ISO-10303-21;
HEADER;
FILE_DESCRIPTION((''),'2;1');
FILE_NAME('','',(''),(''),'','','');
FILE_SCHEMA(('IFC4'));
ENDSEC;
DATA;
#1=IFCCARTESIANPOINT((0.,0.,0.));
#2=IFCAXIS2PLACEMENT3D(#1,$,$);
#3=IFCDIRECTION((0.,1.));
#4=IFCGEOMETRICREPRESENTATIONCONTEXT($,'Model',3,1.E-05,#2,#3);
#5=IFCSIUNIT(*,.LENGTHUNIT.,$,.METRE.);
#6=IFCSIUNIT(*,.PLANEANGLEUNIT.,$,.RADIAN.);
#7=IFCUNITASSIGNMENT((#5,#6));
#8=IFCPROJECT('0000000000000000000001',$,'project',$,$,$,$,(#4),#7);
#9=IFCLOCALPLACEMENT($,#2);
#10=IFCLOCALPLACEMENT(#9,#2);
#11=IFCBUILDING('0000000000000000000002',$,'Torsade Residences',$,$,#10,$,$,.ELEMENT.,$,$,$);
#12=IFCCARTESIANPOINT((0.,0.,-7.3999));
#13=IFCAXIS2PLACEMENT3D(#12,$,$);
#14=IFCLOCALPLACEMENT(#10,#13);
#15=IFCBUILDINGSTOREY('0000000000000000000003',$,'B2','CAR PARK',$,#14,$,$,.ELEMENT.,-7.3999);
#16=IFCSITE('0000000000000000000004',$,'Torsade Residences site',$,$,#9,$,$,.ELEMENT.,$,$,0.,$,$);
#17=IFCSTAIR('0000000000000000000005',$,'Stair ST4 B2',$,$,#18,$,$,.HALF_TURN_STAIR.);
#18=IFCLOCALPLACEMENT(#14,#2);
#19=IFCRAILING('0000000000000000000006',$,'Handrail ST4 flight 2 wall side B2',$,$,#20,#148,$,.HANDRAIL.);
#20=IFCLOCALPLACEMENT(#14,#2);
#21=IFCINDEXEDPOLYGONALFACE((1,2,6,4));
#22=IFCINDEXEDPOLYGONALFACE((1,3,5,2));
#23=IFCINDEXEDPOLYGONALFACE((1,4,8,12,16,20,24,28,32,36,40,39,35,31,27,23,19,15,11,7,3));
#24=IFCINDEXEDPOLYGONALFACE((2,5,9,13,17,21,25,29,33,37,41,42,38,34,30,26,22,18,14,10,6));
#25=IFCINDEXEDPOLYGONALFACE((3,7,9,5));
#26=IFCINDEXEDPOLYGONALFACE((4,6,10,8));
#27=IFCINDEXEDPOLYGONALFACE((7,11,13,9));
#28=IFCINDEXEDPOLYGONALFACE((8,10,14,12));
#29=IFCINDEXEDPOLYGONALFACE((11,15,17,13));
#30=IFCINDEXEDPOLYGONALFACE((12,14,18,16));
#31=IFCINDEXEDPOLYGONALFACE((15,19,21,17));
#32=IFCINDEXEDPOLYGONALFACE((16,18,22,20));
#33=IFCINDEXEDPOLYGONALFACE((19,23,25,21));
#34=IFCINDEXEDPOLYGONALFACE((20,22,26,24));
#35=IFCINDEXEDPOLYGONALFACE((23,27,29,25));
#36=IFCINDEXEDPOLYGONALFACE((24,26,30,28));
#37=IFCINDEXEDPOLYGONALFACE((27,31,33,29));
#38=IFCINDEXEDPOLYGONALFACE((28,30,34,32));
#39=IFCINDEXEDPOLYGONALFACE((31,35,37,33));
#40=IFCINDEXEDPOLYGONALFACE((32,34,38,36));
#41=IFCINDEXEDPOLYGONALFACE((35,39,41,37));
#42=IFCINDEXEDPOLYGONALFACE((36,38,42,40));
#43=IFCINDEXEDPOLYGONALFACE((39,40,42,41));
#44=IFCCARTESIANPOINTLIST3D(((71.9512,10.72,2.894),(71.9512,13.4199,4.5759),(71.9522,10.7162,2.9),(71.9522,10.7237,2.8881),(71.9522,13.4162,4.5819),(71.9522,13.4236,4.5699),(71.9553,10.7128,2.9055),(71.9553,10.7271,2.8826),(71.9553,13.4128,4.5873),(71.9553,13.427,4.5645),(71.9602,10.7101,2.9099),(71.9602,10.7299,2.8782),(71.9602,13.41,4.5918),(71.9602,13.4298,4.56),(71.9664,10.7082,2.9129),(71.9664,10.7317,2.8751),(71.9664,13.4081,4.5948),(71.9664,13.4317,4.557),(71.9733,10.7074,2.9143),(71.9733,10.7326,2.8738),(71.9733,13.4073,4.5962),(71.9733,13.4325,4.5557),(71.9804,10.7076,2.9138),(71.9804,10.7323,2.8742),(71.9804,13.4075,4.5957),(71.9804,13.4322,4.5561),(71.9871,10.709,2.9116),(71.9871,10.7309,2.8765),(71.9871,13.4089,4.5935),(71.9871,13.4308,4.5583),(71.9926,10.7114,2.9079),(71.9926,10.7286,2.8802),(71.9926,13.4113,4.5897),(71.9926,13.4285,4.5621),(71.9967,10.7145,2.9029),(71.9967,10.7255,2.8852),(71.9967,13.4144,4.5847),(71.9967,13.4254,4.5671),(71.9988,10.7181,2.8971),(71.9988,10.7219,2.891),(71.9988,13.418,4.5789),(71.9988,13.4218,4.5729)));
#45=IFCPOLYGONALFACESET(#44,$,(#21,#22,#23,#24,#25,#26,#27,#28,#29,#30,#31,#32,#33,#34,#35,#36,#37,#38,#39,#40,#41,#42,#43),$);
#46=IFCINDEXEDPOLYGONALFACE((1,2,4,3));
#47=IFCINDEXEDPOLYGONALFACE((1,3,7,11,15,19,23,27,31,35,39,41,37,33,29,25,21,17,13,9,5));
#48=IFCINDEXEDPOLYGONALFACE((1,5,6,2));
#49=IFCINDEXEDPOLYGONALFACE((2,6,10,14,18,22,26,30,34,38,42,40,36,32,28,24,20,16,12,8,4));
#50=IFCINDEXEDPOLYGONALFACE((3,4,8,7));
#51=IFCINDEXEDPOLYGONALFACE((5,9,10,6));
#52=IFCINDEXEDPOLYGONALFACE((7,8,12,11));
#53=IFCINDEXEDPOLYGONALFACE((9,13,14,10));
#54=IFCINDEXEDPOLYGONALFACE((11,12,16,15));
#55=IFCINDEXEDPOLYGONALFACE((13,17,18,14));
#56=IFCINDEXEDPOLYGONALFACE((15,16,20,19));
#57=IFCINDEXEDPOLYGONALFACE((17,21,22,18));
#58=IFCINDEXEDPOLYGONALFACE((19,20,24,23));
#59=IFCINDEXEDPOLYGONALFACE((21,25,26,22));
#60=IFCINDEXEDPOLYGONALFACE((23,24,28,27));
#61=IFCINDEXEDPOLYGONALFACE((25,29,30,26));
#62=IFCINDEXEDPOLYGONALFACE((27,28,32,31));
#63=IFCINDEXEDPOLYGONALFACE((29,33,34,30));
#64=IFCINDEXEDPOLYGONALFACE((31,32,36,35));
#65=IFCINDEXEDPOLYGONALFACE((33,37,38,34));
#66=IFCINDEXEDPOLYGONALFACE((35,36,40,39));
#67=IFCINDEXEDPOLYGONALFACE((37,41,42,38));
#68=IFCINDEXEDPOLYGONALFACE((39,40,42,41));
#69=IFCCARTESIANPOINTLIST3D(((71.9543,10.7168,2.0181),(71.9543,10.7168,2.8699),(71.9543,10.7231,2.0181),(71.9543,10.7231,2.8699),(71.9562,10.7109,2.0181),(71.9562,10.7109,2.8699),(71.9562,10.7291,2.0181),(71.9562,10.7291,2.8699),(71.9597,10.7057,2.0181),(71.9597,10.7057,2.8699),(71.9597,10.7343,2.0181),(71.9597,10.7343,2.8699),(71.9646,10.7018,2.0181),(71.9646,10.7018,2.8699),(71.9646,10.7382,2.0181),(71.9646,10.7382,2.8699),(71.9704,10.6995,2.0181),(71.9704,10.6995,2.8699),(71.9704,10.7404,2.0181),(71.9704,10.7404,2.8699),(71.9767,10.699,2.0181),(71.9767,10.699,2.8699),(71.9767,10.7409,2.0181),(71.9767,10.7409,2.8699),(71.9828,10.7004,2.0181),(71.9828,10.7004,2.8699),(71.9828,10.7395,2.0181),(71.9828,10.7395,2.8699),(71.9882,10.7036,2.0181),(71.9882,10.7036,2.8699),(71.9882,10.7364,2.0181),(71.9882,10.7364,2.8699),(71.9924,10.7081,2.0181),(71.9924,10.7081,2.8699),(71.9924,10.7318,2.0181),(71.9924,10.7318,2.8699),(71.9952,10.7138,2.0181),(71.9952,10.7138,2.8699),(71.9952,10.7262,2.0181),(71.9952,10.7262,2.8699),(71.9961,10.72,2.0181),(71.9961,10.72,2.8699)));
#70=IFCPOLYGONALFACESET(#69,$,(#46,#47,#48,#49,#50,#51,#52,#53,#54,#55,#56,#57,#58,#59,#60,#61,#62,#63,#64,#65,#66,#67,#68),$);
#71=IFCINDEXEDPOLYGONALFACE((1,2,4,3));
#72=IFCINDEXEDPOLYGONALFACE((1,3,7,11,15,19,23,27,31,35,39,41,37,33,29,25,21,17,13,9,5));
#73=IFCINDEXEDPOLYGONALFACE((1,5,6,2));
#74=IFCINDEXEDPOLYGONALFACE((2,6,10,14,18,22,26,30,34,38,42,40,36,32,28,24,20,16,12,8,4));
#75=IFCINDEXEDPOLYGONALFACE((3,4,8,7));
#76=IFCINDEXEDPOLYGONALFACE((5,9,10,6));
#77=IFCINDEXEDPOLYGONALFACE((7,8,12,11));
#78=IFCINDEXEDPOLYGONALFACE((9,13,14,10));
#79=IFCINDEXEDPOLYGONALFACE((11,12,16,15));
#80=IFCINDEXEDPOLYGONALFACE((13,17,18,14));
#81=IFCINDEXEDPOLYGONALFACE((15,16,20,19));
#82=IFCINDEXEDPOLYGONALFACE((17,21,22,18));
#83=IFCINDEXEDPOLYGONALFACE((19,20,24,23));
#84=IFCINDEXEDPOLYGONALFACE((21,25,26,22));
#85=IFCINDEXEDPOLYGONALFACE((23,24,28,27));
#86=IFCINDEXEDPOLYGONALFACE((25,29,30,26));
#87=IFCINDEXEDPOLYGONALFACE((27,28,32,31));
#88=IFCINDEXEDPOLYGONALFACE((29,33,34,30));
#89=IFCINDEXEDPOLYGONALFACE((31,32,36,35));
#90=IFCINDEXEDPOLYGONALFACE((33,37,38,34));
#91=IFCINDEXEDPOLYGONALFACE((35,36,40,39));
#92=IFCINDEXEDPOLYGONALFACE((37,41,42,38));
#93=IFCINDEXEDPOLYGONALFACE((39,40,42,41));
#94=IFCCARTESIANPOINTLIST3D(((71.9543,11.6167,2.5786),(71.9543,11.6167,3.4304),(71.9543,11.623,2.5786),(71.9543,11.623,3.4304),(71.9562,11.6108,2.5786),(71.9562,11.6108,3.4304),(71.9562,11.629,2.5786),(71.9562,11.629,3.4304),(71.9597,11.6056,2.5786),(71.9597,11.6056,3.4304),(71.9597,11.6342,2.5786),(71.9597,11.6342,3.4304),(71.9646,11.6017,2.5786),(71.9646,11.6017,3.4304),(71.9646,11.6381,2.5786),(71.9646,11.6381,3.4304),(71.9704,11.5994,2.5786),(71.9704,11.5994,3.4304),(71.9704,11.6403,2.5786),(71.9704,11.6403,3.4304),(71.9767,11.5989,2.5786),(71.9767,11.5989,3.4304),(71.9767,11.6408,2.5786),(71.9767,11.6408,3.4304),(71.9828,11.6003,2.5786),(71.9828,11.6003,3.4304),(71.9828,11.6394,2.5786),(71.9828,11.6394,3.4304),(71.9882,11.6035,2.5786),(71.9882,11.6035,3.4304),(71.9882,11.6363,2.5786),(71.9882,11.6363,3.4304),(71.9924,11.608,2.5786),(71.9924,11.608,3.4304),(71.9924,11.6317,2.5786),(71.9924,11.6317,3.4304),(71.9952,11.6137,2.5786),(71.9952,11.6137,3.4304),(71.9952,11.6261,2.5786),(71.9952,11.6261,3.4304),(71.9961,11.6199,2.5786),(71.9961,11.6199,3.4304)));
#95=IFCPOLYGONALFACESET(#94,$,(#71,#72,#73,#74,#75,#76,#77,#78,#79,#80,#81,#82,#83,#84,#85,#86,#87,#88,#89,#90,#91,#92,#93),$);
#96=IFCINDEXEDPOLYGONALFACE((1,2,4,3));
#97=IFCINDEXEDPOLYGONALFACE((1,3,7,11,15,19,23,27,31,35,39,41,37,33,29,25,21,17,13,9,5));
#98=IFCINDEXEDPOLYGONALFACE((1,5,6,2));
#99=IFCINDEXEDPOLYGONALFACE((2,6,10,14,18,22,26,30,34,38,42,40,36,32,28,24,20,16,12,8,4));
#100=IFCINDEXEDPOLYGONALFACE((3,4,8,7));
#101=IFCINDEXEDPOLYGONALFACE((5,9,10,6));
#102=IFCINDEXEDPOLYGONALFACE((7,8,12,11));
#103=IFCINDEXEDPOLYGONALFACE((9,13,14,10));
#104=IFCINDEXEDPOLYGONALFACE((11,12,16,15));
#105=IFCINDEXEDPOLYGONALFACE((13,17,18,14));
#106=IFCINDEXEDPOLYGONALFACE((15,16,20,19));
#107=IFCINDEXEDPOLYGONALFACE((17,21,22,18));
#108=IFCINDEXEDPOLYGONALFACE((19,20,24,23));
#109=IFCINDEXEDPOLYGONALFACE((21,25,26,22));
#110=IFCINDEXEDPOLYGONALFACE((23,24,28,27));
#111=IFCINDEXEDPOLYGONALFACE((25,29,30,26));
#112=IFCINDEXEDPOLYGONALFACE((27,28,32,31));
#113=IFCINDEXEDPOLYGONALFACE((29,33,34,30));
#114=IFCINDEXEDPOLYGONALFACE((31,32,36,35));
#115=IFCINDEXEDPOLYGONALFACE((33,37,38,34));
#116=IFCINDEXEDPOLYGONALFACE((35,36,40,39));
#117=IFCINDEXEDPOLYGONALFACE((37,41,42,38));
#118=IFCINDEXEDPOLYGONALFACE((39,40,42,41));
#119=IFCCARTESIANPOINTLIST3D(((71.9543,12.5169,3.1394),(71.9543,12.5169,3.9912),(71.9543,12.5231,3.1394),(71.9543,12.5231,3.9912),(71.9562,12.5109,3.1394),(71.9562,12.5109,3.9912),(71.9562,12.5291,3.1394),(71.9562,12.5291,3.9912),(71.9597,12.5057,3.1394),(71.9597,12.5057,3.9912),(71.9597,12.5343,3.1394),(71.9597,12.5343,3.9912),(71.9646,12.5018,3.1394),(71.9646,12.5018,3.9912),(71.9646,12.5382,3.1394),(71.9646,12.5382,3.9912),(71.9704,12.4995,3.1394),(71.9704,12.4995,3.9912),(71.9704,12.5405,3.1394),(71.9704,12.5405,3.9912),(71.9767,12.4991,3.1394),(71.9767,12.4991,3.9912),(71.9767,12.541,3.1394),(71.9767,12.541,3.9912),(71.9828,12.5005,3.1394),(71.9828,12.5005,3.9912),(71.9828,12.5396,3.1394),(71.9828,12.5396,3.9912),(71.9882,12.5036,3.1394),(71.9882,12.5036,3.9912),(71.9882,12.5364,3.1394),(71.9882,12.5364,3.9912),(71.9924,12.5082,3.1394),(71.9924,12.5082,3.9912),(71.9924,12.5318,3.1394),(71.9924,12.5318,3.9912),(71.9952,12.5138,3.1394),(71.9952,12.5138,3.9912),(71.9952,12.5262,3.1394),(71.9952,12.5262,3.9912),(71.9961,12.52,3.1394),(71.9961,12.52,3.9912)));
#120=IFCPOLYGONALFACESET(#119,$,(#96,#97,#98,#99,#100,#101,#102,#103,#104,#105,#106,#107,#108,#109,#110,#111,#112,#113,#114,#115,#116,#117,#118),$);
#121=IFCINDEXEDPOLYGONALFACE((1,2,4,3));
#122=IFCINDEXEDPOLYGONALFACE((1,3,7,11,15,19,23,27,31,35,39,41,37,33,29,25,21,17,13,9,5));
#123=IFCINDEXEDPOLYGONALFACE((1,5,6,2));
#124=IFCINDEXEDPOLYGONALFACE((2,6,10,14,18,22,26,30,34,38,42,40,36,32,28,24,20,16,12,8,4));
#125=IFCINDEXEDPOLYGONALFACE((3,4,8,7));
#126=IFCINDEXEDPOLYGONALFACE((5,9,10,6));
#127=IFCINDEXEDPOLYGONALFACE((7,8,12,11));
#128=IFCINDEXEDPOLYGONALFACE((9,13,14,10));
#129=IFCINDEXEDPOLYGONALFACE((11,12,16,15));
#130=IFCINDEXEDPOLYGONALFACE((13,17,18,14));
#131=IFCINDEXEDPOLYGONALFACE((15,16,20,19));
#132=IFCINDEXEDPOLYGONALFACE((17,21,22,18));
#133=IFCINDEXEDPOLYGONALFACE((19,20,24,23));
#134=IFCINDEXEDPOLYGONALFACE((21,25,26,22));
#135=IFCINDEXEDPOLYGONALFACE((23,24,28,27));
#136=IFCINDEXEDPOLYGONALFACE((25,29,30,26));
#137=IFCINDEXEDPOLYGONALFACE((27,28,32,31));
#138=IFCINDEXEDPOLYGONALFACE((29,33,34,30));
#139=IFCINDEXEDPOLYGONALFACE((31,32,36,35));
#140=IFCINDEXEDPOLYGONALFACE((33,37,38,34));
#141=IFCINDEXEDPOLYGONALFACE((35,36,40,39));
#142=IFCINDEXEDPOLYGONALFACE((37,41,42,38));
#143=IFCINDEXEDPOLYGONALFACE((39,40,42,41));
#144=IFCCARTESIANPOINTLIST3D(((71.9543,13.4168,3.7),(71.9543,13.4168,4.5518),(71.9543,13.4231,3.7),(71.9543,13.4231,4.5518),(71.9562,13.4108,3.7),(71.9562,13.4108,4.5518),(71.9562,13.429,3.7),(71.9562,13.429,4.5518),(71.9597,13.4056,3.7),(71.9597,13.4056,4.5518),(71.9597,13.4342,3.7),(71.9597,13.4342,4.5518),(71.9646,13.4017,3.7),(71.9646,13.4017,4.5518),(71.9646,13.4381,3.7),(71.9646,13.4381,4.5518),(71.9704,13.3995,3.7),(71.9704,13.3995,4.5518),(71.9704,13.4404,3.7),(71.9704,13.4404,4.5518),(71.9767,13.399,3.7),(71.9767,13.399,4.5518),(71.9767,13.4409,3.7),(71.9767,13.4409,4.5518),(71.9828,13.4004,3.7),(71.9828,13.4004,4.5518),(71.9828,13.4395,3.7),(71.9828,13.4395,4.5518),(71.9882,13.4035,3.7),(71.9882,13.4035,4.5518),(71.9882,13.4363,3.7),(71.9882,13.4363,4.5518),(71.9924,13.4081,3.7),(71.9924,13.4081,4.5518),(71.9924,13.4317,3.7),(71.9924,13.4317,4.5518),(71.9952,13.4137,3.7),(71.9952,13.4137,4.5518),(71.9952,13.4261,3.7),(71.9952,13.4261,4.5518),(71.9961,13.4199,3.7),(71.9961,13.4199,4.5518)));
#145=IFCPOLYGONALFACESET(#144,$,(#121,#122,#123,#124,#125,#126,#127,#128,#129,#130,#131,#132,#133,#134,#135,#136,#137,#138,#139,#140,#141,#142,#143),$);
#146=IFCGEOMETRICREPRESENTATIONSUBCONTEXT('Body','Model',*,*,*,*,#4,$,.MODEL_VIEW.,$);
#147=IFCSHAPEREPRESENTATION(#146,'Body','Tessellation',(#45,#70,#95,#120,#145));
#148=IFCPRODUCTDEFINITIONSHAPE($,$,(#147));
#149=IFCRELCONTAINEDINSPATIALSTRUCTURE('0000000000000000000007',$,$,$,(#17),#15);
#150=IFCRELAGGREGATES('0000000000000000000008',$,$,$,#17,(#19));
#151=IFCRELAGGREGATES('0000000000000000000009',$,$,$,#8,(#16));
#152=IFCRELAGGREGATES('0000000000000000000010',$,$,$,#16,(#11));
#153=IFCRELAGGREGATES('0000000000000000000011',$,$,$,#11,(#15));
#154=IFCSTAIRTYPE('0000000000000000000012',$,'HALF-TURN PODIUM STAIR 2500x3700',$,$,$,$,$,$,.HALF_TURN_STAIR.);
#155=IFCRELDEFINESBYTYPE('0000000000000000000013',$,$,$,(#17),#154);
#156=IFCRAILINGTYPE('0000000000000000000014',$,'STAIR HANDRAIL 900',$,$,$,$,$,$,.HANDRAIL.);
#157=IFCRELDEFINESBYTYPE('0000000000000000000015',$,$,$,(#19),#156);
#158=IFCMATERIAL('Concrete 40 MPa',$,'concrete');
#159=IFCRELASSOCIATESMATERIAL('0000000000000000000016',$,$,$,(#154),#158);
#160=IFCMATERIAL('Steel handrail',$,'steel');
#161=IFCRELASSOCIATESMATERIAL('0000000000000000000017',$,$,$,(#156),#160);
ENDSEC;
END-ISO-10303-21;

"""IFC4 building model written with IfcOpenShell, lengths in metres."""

from ifc_helpers import new_model, si_unit, direction, frame, origin, origin_2d, place, context, subcontext, project, spatial, circle, extrude, material, type_object, element, aggregate, save


model = new_model("IFC4")

# Units and contexts
model_context = context("Model", 3, precision=1e-05, world=origin(), true_north=direction((0.0, 1.0)))
body_context = subcontext(model_context, "Body", "Model", "MODEL_VIEW")
ifc_project = project(units=[si_unit("LENGTHUNIT", "METRE"), si_unit("PLANEANGLEUNIT", "RADIAN")], contexts=[model_context])

# Site, building, storey
site_placement = place(None, origin())
site = spatial("IfcSite", under=ifc_project, at=site_placement, Name="Torsade Residences site", CompositionType="ELEMENT", RefElevation=0.0)
building_placement = place(site_placement, origin())
building = spatial("IfcBuilding", under=site, at=building_placement, Name="Torsade Residences", CompositionType="ELEMENT")
storey_placement = place(building_placement, frame((0.0, 0.0, -7.3999)))
storey = spatial("IfcBuildingStorey", under=building, at=storey_placement, Name="B2", Description="CAR PARK", CompositionType="ELEMENT", Elevation=-7.3999)

# Stair, railing
ifc_material_1 = material(Name="Concrete 40 MPa", Category="concrete")
stair_type = type_object("IfcStairType", Name="HALF-TURN PODIUM STAIR 2500x3700", PredefinedType="HALF_TURN_STAIR", material=ifc_material_1)
stair_placement = place(storey_placement, origin())
stair = element("IfcStair", 1, at=stair_placement, inside=storey, type_object=stair_type, Name="Stair ST4 B2", PredefinedType="HALF_TURN_STAIR")
ifc_material_2 = material(Name="Steel handrail", Category="steel")
railing_type_1 = type_object("IfcRailingType", Name="STAIR HANDRAIL 900", PredefinedType="HANDRAIL", material=ifc_material_2)
railing_1_placement = place(storey_placement, frame((71.9751, 10.72, 2.0181)))
railing_1 = element("IfcRailing", 2, at=railing_1_placement, type_object=railing_type_1, Name="Handrail ST4 flight 2 wall side B2", PredefinedType="HANDRAIL", context=body_context, shape_type="SweptSolid", body=[
    extrude(circle(Radius=0.0239, at=origin_2d()), frame((0.0, 0.0, 0.876), z_axis=(0.0, 0.848786, 0.528736), x_axis=(-1.0, 0.0, 0.0)), (0.0, 0.0, 1.0), 3.1809),
    extrude(circle(Radius=0.021, at=origin_2d()), origin(), (0.0, 0.0, 1.0), 0.8518),
    extrude(circle(Radius=0.021, at=origin_2d()), frame((0.0, 0.8999, 0.5605)), (0.0, 0.0, 1.0), 0.8518),
    extrude(circle(Radius=0.021, at=origin_2d()), frame((0.0, 1.8, 1.1213)), (0.0, 0.0, 1.0), 0.8518),
    extrude(circle(Radius=0.021, at=origin_2d()), frame((0.0, 2.7, 1.6819)), (0.0, 0.0, 1.0), 0.8518),
])
aggregate(stair, [railing_1])

save(model, "model.ifc")
